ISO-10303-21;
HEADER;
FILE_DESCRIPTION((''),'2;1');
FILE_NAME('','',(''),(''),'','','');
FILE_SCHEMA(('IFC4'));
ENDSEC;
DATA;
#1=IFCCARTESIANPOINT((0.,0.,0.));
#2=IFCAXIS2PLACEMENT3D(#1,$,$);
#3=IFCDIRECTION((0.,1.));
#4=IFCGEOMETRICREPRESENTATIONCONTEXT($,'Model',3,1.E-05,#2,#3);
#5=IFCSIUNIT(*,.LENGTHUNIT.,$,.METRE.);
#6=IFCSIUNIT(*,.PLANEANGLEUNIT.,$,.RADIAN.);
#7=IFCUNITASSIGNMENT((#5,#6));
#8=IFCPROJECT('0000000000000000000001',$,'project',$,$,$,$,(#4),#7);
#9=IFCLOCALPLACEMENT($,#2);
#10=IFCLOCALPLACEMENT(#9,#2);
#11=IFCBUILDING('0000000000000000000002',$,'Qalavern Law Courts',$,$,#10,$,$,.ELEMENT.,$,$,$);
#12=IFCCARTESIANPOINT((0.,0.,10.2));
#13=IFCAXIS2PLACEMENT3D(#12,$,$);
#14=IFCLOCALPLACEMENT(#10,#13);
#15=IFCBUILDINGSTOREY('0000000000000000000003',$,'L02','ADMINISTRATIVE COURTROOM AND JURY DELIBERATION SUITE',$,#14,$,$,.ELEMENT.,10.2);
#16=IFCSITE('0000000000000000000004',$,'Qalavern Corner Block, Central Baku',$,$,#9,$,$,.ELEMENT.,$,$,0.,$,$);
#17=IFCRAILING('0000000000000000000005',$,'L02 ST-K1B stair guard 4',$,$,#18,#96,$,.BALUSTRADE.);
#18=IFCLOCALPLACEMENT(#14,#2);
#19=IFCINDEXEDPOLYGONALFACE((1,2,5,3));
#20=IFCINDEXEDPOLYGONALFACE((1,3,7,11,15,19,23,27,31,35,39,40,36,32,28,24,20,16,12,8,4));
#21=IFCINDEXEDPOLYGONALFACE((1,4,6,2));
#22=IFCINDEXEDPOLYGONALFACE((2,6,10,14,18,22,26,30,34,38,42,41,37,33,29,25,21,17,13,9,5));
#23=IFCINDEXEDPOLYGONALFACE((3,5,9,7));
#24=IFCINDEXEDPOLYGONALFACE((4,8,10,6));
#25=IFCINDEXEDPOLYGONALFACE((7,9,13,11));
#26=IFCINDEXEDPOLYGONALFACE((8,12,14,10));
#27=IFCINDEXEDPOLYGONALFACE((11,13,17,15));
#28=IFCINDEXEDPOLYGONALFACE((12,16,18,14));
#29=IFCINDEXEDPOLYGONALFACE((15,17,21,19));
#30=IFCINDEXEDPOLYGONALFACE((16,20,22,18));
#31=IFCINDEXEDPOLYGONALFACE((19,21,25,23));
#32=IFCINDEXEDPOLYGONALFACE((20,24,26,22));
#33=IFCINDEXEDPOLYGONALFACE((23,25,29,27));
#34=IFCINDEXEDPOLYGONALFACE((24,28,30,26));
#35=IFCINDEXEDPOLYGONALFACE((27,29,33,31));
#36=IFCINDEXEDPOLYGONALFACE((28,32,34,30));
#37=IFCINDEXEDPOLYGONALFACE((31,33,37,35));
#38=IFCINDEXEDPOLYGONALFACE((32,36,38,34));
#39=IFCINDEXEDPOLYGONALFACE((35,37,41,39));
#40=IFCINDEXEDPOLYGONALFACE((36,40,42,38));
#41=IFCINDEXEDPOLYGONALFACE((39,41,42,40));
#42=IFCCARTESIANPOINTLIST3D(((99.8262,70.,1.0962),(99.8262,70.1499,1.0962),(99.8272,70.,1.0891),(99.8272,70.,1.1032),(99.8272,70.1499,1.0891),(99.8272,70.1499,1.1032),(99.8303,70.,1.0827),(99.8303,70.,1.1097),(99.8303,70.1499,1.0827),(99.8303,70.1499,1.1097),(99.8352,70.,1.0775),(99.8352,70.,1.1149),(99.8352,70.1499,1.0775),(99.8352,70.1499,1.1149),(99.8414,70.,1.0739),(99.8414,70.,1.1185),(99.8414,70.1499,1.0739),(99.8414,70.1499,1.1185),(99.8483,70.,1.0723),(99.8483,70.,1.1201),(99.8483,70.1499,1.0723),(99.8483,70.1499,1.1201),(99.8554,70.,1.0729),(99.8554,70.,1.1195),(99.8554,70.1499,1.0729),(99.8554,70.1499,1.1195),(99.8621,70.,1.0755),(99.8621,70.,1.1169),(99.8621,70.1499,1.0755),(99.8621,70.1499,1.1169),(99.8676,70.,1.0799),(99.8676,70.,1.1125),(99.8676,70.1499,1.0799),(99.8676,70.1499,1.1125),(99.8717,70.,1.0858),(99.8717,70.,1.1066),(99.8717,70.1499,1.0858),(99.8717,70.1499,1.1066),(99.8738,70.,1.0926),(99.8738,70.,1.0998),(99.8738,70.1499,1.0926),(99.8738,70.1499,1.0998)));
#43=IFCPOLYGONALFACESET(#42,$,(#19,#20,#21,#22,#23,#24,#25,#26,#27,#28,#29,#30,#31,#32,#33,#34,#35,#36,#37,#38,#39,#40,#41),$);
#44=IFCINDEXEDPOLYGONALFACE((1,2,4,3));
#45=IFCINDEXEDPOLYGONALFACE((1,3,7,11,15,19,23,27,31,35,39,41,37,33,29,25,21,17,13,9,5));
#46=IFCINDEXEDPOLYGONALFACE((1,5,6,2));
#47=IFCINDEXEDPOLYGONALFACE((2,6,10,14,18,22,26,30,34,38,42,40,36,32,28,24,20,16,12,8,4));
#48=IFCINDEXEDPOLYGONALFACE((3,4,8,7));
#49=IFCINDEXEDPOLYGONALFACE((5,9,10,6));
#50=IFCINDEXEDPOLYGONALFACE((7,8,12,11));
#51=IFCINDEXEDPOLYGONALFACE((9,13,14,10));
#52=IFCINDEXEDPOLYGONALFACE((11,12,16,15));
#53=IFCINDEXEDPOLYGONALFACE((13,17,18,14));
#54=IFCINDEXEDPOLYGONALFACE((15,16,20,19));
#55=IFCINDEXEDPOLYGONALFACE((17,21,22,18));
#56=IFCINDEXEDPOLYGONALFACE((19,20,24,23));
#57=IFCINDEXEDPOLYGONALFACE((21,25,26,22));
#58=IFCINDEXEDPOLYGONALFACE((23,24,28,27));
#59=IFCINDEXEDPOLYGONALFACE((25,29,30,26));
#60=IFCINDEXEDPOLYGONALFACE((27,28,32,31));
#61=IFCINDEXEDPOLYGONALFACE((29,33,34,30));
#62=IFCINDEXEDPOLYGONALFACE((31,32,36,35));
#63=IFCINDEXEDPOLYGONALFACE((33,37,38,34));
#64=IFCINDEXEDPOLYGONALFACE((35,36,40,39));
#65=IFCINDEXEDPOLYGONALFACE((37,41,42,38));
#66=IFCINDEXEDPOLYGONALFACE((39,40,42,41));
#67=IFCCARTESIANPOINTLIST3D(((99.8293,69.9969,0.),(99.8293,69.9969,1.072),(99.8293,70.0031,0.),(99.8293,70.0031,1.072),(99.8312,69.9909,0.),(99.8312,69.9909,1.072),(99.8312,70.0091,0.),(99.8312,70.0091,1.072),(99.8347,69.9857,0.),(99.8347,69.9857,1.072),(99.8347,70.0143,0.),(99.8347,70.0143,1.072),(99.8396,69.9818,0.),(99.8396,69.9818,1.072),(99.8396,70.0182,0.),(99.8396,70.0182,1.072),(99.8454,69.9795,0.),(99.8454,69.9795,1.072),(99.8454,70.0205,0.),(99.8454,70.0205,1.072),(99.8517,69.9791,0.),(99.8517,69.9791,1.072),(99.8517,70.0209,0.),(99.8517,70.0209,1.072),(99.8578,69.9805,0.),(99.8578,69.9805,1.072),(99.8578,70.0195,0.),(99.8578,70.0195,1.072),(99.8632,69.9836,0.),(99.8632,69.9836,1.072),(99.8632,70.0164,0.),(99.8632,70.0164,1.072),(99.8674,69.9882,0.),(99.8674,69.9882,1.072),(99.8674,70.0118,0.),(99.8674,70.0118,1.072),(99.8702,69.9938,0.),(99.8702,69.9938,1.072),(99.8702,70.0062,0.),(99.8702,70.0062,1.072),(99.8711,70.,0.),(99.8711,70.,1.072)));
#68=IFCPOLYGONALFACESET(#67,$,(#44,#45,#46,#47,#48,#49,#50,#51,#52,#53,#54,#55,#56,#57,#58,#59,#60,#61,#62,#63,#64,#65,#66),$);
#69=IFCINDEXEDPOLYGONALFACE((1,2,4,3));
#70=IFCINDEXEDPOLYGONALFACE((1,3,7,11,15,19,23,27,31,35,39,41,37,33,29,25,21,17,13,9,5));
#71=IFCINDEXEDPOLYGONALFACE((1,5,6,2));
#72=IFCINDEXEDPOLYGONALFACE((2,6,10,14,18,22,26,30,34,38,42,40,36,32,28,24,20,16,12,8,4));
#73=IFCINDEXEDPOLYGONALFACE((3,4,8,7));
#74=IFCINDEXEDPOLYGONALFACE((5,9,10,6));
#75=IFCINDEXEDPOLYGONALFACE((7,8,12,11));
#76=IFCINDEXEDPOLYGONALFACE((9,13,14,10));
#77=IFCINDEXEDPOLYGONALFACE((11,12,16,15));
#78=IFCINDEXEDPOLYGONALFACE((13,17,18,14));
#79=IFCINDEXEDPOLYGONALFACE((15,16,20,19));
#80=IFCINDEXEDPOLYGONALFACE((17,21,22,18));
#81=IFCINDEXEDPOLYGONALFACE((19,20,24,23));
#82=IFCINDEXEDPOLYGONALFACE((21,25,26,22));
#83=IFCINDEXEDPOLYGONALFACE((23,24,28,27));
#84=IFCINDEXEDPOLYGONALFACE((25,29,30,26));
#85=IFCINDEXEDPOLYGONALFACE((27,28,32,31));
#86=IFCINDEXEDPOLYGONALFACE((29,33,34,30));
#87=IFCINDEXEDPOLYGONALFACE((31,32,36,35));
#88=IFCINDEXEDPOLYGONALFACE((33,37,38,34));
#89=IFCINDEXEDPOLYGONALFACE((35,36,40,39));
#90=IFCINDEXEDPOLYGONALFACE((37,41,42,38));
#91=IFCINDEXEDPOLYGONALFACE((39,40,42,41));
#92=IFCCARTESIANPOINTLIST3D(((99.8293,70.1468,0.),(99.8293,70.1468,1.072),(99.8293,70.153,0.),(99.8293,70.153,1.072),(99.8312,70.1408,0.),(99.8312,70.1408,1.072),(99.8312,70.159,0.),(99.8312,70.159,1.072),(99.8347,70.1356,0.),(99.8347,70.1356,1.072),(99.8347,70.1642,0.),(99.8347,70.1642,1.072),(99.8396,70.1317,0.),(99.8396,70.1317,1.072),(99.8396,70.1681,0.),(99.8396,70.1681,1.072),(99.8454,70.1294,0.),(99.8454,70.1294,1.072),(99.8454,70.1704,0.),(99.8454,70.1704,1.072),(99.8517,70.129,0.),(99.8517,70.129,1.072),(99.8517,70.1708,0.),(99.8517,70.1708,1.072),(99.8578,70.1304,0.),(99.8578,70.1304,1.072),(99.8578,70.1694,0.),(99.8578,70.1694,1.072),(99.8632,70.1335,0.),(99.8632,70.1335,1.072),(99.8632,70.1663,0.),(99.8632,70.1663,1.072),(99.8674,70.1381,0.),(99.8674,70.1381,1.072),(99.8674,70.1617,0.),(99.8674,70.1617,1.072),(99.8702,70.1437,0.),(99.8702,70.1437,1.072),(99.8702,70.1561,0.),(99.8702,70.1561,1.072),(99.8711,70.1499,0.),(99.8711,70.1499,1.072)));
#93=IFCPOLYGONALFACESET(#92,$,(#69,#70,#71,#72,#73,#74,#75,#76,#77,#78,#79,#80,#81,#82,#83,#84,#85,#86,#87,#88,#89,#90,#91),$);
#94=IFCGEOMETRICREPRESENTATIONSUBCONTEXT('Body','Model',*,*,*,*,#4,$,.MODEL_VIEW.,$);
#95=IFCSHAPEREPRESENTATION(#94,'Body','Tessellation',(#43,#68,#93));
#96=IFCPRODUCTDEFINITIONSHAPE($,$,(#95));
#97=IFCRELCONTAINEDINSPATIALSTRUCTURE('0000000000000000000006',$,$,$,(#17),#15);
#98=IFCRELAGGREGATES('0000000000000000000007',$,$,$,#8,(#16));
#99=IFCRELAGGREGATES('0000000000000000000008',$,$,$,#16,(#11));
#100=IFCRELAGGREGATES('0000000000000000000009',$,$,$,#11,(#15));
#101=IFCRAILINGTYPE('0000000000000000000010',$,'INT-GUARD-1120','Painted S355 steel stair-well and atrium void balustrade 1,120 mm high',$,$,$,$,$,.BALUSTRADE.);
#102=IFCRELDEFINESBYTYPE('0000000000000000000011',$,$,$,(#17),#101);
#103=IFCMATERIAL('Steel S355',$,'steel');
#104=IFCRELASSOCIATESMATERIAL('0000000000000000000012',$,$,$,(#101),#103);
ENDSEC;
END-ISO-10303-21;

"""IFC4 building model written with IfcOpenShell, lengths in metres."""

from ifc_helpers import new_model, si_unit, direction, frame, origin, origin_2d, place, context, subcontext, project, spatial, circle, extrude, material, type_object, element, save


model = new_model("IFC4")

# Units and contexts
model_context = context("Model", 3, precision=1e-05, world=origin(), true_north=direction((0.0, 1.0)))
body_context = subcontext(model_context, "Body", "Model", "MODEL_VIEW")
ifc_project = project(units=[si_unit("LENGTHUNIT", "METRE"), si_unit("PLANEANGLEUNIT", "RADIAN")], contexts=[model_context])

# Site, building, storey
site_placement = place(None, origin())
site = spatial("IfcSite", under=ifc_project, at=site_placement, Name="Qalavern Corner Block, Central Baku", CompositionType="ELEMENT", RefElevation=0.0)
building_placement = place(site_placement, origin())
building = spatial("IfcBuilding", under=site, at=building_placement, Name="Qalavern Law Courts", CompositionType="ELEMENT")
storey_placement = place(building_placement, frame((0.0, 0.0, 10.2)))
storey = spatial("IfcBuildingStorey", under=building, at=storey_placement, Name="L02", Description="ADMINISTRATIVE COURTROOM AND JURY DELIBERATION SUITE", CompositionType="ELEMENT", Elevation=10.2)

# Shared definitions
ifc_material_1 = material(Name="Steel S355", Category="steel")

# Railing
railing_type_1 = type_object("IfcRailingType", Name="INT-GUARD-1120", Description="Painted S355 steel stair-well and atrium void balustrade 1,120 mm high", PredefinedType="BALUSTRADE", material=ifc_material_1)
railing_1_placement = place(storey_placement, frame((99.8501, 70.0, 0.0)))
element("IfcRailing", 1, at=railing_1_placement, inside=storey, type_object=railing_type_1, Name="L02 ST-K1B stair guard 4", PredefinedType="BALUSTRADE", context=body_context, shape_type="SweptSolid", body=[
    extrude(circle(Radius=0.0239, at=origin_2d()), frame((0.0, 0.0, 1.0962), z_axis=(0.0, 1.0, 0.0), x_axis=(-1.0, 0.0, 0.0)), (0.0, 0.0, 1.0), 0.1499),
    extrude(circle(Radius=0.021, at=origin_2d()), origin(), (0.0, 0.0, 1.0), 1.072),
    extrude(circle(Radius=0.021, at=origin_2d()), frame((0.0, 0.1499, 0.0)), (0.0, 0.0, 1.0), 1.072),
])

save(model, "model.ifc")
